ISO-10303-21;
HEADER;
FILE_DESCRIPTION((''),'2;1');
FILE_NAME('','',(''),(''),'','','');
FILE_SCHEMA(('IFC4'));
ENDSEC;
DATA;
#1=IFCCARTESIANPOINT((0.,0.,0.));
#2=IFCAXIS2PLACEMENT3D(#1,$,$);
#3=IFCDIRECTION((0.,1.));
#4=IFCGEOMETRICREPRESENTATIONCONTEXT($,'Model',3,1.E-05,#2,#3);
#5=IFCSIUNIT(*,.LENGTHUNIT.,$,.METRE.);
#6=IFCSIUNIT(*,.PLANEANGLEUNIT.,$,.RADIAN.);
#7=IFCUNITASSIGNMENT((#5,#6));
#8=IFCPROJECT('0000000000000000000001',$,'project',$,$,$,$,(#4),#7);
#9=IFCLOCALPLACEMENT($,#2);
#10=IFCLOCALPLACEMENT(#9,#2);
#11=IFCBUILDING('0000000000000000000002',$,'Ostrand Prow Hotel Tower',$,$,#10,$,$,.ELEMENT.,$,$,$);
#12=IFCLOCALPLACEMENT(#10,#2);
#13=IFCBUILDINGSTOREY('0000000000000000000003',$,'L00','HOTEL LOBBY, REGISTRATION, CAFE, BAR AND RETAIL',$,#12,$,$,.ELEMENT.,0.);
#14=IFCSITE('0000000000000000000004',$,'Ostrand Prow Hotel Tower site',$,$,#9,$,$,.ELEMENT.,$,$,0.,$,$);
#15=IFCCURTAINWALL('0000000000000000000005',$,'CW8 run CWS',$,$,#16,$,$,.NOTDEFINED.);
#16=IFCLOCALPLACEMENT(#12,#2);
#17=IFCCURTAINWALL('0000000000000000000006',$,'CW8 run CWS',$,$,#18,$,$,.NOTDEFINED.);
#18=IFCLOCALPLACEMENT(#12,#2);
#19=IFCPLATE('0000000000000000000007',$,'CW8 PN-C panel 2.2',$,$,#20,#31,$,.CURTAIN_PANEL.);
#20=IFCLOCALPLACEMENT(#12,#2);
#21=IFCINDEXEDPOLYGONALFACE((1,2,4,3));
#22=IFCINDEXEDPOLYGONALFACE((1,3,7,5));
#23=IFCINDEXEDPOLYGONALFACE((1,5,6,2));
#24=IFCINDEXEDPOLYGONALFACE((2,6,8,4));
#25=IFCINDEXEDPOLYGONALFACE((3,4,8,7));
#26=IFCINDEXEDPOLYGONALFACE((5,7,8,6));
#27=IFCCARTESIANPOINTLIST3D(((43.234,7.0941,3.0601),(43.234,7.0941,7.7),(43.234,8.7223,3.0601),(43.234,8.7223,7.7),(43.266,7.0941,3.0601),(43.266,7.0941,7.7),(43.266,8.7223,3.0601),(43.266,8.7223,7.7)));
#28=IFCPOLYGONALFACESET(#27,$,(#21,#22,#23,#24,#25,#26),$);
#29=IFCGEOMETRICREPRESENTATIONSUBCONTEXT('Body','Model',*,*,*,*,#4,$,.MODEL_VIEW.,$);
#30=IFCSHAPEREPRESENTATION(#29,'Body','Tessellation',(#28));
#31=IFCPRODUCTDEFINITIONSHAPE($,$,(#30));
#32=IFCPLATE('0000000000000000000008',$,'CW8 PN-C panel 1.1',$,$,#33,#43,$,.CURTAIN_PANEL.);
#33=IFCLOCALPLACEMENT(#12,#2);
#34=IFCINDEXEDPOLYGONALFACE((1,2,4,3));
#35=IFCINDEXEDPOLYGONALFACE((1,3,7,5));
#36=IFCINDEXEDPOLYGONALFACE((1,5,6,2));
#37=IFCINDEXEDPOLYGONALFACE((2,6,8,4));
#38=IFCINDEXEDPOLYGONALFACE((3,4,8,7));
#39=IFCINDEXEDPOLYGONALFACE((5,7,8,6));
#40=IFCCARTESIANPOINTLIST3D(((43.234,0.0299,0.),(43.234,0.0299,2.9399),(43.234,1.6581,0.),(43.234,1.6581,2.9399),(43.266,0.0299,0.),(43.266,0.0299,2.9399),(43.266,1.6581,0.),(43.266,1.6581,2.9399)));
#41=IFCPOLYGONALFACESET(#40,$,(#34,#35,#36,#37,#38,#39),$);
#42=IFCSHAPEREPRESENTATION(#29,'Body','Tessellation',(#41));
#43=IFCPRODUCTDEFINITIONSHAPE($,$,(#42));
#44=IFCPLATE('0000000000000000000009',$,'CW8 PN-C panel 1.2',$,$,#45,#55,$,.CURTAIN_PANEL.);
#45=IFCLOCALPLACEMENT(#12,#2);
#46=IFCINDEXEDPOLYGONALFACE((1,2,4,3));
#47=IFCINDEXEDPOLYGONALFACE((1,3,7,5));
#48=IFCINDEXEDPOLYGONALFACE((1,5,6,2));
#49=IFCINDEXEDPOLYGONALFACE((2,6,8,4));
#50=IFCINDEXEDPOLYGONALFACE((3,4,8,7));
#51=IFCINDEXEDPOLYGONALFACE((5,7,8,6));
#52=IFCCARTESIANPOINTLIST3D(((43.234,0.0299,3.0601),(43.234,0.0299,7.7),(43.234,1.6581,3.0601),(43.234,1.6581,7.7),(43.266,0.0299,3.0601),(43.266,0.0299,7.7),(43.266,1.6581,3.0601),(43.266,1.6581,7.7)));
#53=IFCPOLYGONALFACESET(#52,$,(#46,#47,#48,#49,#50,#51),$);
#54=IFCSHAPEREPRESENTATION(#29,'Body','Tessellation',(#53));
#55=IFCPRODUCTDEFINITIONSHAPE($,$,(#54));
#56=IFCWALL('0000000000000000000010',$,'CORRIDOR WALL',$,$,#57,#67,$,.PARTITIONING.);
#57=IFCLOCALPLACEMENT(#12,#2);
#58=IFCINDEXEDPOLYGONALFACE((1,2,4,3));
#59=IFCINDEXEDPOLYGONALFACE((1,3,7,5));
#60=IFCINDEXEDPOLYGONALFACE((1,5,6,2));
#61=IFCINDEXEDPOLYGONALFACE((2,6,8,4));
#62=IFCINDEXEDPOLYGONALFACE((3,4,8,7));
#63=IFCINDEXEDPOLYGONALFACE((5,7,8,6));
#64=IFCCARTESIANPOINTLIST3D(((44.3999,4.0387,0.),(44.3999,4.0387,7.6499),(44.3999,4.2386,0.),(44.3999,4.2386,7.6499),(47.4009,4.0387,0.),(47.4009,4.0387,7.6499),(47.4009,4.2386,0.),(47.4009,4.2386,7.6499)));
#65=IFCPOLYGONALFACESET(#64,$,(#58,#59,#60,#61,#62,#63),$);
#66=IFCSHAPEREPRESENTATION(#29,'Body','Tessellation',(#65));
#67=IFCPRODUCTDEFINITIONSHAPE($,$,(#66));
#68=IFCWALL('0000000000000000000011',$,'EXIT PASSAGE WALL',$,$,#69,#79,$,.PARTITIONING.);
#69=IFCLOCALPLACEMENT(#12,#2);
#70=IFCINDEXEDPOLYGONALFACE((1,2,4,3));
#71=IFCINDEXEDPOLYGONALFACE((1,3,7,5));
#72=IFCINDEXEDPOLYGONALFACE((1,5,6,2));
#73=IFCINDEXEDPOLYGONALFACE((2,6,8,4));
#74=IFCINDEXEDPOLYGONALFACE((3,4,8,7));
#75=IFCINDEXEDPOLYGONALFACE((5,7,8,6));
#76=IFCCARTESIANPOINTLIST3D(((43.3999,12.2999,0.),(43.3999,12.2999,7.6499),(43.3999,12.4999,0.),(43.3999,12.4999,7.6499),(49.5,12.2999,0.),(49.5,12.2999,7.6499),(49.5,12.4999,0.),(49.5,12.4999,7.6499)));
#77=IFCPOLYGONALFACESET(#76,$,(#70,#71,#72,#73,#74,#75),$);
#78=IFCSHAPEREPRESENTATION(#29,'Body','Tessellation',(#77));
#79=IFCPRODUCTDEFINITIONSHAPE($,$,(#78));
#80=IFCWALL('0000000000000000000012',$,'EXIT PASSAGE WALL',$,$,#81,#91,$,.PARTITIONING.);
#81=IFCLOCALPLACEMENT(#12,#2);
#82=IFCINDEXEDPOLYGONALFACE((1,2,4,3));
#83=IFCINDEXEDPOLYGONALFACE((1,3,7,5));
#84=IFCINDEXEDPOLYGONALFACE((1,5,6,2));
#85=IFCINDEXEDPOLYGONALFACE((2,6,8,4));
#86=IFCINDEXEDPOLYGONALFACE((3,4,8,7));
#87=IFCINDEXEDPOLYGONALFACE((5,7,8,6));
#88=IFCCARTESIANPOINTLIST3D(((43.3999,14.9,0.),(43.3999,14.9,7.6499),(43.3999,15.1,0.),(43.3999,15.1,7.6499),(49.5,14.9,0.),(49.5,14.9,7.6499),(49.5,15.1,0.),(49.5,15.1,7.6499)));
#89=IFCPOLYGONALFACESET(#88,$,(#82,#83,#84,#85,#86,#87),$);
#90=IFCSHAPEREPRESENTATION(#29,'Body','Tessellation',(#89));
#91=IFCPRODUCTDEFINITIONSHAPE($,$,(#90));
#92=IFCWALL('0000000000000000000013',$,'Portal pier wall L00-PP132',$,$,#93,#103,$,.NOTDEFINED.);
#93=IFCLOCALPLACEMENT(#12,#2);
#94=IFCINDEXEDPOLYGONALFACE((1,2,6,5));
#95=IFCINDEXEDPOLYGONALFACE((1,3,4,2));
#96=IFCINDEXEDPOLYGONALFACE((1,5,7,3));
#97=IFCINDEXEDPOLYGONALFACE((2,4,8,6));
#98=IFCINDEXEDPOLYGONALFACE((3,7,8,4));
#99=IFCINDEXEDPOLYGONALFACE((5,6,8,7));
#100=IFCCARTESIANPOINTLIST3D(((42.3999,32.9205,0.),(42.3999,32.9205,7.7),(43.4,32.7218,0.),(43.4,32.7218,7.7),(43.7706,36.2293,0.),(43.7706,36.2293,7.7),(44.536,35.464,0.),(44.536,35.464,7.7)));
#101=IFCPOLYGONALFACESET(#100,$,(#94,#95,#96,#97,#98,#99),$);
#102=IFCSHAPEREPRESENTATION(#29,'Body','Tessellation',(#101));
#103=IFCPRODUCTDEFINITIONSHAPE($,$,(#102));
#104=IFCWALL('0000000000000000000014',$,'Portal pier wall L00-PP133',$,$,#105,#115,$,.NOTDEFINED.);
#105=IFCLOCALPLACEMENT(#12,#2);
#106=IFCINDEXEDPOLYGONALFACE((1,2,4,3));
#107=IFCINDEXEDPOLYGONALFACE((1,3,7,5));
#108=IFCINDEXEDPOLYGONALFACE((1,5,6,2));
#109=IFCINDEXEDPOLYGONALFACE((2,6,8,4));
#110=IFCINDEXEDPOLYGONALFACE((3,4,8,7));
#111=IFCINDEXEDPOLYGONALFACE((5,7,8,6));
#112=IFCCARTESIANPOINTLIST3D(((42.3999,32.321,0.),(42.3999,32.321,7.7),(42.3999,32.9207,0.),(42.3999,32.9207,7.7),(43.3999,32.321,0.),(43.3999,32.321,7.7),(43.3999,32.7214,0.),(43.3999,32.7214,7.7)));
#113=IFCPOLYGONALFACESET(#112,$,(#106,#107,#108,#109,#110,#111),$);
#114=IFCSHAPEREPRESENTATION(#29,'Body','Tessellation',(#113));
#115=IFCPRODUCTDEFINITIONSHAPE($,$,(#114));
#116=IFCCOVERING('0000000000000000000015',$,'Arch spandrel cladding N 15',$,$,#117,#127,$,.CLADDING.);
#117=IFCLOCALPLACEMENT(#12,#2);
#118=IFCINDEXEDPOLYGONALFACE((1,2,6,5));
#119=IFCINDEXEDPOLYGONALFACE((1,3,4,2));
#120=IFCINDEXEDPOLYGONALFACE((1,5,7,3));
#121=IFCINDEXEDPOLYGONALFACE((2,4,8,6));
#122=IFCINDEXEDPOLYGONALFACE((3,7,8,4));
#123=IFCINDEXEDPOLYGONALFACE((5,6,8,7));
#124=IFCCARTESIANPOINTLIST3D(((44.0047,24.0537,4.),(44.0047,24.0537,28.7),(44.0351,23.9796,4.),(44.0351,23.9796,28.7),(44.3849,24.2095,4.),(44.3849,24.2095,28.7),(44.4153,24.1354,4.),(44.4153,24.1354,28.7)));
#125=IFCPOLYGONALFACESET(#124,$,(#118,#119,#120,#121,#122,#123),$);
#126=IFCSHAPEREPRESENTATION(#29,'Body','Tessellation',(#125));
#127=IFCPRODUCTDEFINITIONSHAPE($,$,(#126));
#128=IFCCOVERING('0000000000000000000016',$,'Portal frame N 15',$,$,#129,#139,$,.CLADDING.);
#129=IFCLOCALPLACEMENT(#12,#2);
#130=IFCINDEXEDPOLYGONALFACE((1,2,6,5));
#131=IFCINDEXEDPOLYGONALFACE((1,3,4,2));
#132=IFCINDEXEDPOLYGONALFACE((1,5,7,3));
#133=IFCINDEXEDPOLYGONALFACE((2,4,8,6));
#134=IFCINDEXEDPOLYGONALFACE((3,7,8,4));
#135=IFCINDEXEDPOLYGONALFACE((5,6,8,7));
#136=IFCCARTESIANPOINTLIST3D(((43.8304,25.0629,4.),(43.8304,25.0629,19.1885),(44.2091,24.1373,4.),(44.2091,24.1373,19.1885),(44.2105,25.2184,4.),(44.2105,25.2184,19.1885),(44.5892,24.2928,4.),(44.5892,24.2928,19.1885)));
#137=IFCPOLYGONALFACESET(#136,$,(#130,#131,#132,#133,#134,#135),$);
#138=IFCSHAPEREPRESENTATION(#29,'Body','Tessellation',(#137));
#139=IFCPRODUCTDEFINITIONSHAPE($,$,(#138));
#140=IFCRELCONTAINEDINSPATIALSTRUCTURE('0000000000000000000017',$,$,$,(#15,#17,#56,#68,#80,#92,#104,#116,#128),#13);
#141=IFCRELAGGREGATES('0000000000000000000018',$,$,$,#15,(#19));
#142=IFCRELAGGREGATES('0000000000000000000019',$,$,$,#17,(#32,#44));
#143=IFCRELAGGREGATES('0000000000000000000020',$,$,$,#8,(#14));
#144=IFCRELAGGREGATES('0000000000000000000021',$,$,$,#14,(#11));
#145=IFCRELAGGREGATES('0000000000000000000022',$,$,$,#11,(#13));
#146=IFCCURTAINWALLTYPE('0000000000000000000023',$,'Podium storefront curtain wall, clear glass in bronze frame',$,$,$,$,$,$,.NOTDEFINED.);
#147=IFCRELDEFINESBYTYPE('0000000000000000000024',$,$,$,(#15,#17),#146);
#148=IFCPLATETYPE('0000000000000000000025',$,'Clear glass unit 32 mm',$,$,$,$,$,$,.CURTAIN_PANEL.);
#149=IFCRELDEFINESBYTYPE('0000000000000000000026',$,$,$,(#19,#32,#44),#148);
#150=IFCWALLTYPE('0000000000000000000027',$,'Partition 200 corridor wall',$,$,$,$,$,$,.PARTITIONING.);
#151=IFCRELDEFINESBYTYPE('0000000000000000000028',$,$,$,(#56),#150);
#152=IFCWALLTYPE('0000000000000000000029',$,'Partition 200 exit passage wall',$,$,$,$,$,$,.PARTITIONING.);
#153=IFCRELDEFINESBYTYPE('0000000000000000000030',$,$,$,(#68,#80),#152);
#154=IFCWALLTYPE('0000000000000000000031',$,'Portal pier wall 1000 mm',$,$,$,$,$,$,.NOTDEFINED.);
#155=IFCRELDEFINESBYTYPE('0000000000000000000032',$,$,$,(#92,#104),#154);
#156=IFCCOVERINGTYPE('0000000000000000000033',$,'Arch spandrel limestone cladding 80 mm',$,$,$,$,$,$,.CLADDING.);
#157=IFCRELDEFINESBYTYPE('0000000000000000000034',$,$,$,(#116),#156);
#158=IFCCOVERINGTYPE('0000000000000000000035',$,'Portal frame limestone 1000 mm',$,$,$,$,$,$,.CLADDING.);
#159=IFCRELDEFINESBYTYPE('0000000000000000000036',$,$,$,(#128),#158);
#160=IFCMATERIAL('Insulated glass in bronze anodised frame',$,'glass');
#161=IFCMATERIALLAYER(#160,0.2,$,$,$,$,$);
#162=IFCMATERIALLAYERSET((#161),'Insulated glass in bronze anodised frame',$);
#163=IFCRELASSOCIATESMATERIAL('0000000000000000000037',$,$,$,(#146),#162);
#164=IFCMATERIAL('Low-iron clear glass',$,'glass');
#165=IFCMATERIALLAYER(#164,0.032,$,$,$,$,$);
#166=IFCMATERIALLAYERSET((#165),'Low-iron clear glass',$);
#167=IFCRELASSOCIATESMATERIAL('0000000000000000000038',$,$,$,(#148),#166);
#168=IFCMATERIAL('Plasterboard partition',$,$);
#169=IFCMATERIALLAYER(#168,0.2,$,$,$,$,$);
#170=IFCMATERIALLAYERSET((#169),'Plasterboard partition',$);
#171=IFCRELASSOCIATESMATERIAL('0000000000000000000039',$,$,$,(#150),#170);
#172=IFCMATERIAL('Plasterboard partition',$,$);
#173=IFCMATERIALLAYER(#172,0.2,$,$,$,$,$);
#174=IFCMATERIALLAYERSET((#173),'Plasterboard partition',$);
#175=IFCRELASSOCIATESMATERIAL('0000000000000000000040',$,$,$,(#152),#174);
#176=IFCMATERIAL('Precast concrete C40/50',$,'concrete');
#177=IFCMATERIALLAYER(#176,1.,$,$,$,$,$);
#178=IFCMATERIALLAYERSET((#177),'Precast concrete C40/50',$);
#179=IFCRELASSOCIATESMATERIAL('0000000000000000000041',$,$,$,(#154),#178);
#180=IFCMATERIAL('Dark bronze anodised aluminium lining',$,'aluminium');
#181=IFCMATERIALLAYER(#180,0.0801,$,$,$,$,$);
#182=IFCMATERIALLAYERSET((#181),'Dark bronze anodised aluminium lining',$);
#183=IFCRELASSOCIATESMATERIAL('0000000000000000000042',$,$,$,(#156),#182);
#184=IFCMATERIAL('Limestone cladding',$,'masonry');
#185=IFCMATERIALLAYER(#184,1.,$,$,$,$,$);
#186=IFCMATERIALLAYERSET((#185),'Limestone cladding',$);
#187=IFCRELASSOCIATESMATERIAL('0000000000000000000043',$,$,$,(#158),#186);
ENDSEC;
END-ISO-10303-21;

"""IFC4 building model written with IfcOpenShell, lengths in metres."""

from ifc_helpers import new_model, si_unit, direction, frame, frame_2d, origin, origin_2d, place, context, subcontext, project, spatial, polyline, rectangle, outline, extrude, material, layer, layer_set, type_object, element, aggregate, save


model = new_model("IFC4")

# Units and contexts
model_context = context("Model", 3, precision=1e-05, world=origin(), true_north=direction((0.0, 1.0)))
body_context = subcontext(model_context, "Body", "Model", "MODEL_VIEW")
ifc_project = project(units=[si_unit("LENGTHUNIT", "METRE"), si_unit("PLANEANGLEUNIT", "RADIAN")], contexts=[model_context])

# Site, building, storey
site_placement = place(None, origin())
site = spatial("IfcSite", under=ifc_project, at=site_placement, Name="Ostrand Prow Hotel Tower site", CompositionType="ELEMENT", RefElevation=0.0)
building_placement = place(site_placement, origin())
building = spatial("IfcBuilding", under=site, at=building_placement, Name="Ostrand Prow Hotel Tower", CompositionType="ELEMENT")
storey_placement = place(building_placement, origin())
storey = spatial("IfcBuildingStorey", under=building, at=storey_placement, Name="L00", Description="HOTEL LOBBY, REGISTRATION, CAFE, BAR AND RETAIL", CompositionType="ELEMENT", Elevation=0.0)

# Curtain walls
ifc_material_1 = material(Name="Insulated glass in bronze anodised frame", Category="glass")
ifc_layer_1 = layer(ifc_material_1, 0.2)
ifc_layer_set_1 = layer_set([ifc_layer_1], Name="Insulated glass in bronze anodised frame")
curtain_wall_type = type_object("IfcCurtainWallType", Name="Podium storefront curtain wall, clear glass in bronze frame", PredefinedType="NOTDEFINED", material=ifc_layer_set_1)
curtain_wall_1_placement = place(storey_placement, origin())
curtain_wall_1 = element("IfcCurtainWall", 1, at=curtain_wall_1_placement, inside=storey, type_object=curtain_wall_type, Name="CW8 run CWS", PredefinedType="NOTDEFINED")
curtain_wall_2_placement = place(storey_placement, origin())
curtain_wall_2 = element("IfcCurtainWall", 2, at=curtain_wall_2_placement, inside=storey, type_object=curtain_wall_type, Name="CW8 run CWS", PredefinedType="NOTDEFINED")

# Plates
ifc_material_2 = material(Name="Low-iron clear glass", Category="glass")
ifc_layer_2 = layer(ifc_material_2, 0.032)
ifc_layer_set_2 = layer_set([ifc_layer_2], Name="Low-iron clear glass")
plate_type = type_object("IfcPlateType", Name="Clear glass unit 32 mm", PredefinedType="CURTAIN_PANEL", material=ifc_layer_set_2)
plate_1_placement = place(storey_placement, frame((43.25, 7.9082, 3.0601), z_axis=(0.0, 0.0, 1.0), x_axis=(0.0, -1.0, 0.0)))
plate_1 = element("IfcPlate", 3, at=plate_1_placement, type_object=plate_type, Name="CW8 PN-C panel 2.2", PredefinedType="CURTAIN_PANEL", context=body_context, shape_type="SweptSolid", body=[
    extrude(rectangle(XDim=1.6282, YDim=0.032, at=origin_2d()), origin(), (0.0, 0.0, 1.0), 4.6399),
])
aggregate(curtain_wall_1, [plate_1])
plate_2_placement = place(storey_placement, frame((43.25, 0.844, 0.0), z_axis=(0.0, 0.0, 1.0), x_axis=(0.0, -1.0, 0.0)))
plate_2 = element("IfcPlate", 4, at=plate_2_placement, type_object=plate_type, Name="CW8 PN-C panel 1.1", PredefinedType="CURTAIN_PANEL", context=body_context, shape_type="SweptSolid", body=[
    extrude(rectangle(XDim=1.6282, YDim=0.032, at=origin_2d()), origin(), (0.0, 0.0, 1.0), 2.9399),
])
plate_3_placement = place(storey_placement, frame((43.25, 0.844, 3.0601), z_axis=(0.0, 0.0, 1.0), x_axis=(0.0, -1.0, 0.0)))
plate_3 = element("IfcPlate", 5, at=plate_3_placement, type_object=plate_type, Name="CW8 PN-C panel 1.2", PredefinedType="CURTAIN_PANEL", context=body_context, shape_type="SweptSolid", body=[
    extrude(rectangle(XDim=1.6282, YDim=0.032, at=origin_2d()), origin(), (0.0, 0.0, 1.0), 4.6399),
])
aggregate(curtain_wall_2, [plate_2, plate_3])

# Walls
ifc_material_3 = material(Name="Plasterboard partition")
ifc_layer_3 = layer(ifc_material_3, 0.2)
ifc_layer_set_3 = layer_set([ifc_layer_3], Name="Plasterboard partition")
wall_type_1 = type_object("IfcWallType", Name="Partition 200 corridor wall", PredefinedType="PARTITIONING", material=ifc_layer_set_3)
wall_1_placement = place(storey_placement, frame((44.3999, 4.1387, 0.0), z_axis=(0.0, 0.0, 1.0), x_axis=(1.0, 0.0, 0.0)))
element("IfcWall", 6, at=wall_1_placement, inside=storey, type_object=wall_type_1, Name="CORRIDOR WALL", PredefinedType="PARTITIONING", context=body_context, shape_type="SweptSolid", body=[
    extrude(rectangle(XDim=3.001, YDim=0.2, at=frame_2d((1.5005, 0.0))), origin(), (0.0, 0.0, 1.0), 7.6499),
])
ifc_material_4 = material(Name="Plasterboard partition")
ifc_layer_4 = layer(ifc_material_4, 0.2)
ifc_layer_set_4 = layer_set([ifc_layer_4], Name="Plasterboard partition")
wall_type_2 = type_object("IfcWallType", Name="Partition 200 exit passage wall", PredefinedType="PARTITIONING", material=ifc_layer_set_4)
for number, where, z_axis, x_axis, name in (
    (7, (43.3999, 12.3999, 0.0), (0.0, 0.0, 1.0), (1.0, 0.0, 0.0), "EXIT PASSAGE WALL"),
    (8, (43.3999, 15.0, 0.0), (0.0, 0.0, 1.0), (1.0, 0.0, 0.0), "EXIT PASSAGE WALL"),
):
    element("IfcWall", number, at=place(storey_placement, frame(where, z_axis=z_axis, x_axis=x_axis)), inside=storey, type_object=wall_type_2, Name=name, PredefinedType="PARTITIONING", context=body_context, shape_type="SweptSolid", body=[
        extrude(rectangle(XDim=6.1001, YDim=0.2, at=frame_2d((3.05, 0.0))), origin(), (0.0, 0.0, 1.0), 7.6499),
    ])
ifc_material_5 = material(Name="Precast concrete C40/50", Category="concrete")
ifc_layer_5 = layer(ifc_material_5, 1.0)
ifc_layer_set_5 = layer_set([ifc_layer_5], Name="Precast concrete C40/50")
wall_type_3 = type_object("IfcWallType", Name="Portal pier wall 1000 mm", PredefinedType="NOTDEFINED", material=ifc_layer_set_5)
wall_2_placement = place(storey_placement, frame((44.1533, 35.8467, 0.0), z_axis=(0.0, 0.0, 1.0), x_axis=(-0.382725, -0.923862, 0.0)))
element("IfcWall", 9, at=wall_2_placement, inside=storey, type_object=wall_type_3, Name="Portal pier wall L00-PP132", PredefinedType="NOTDEFINED", context=body_context, shape_type="SweptSolid", body=[
    extrude(outline(polyline([(-0.207, -0.5), (3.3745, -0.5), (3.1753, 0.5), (0.207, 0.5), (-0.207, -0.5)])), origin(), (0.0, 0.0, 1.0), 7.7),
])
wall_3_placement = place(storey_placement, frame((42.8999, 32.821, 0.0), z_axis=(0.0, 0.0, 1.0), x_axis=(0.0, -1.0, 0.0)))
element("IfcWall", 10, at=wall_3_placement, inside=storey, type_object=wall_type_3, Name="Portal pier wall L00-PP133", PredefinedType="NOTDEFINED", context=body_context, shape_type="SweptSolid", body=[
    extrude(outline(polyline([(-0.0996, -0.5), (0.5, -0.5), (0.5, 0.5), (0.0996, 0.5), (-0.0996, -0.5)])), origin(), (0.0, 0.0, 1.0), 7.7),
])

# Coverings
ifc_material_6 = material(Name="Dark bronze anodised aluminium lining", Category="aluminium")
ifc_layer_6 = layer(ifc_material_6, 0.0801)
ifc_layer_set_6 = layer_set([ifc_layer_6], Name="Dark bronze anodised aluminium lining")
covering_type_1 = type_object("IfcCoveringType", Name="Arch spandrel limestone cladding 80 mm", PredefinedType="CLADDING", material=ifc_layer_set_6)
covering_1_placement = place(storey_placement, frame((44.0198, 24.0166, 4.0), z_axis=(0.0, 0.0, 1.0), x_axis=(0.925329, 0.379165, 0.0)))
element("IfcCovering", 11, at=covering_1_placement, inside=storey, type_object=covering_type_1, Name="Arch spandrel cladding N 15", PredefinedType="CLADDING", context=body_context, shape_type="SweptSolid", body=[
    extrude(rectangle(XDim=0.4109, YDim=0.0801, at=frame_2d((0.2056, 0.0))), origin(), (0.0, 0.0, 1.0), 24.7),
])
ifc_material_7 = material(Name="Limestone cladding", Category="masonry")
ifc_layer_7 = layer(ifc_material_7, 1.0)
ifc_layer_set_7 = layer_set([ifc_layer_7], Name="Limestone cladding")
covering_type_2 = type_object("IfcCoveringType", Name="Portal frame limestone 1000 mm", PredefinedType="CLADDING", material=ifc_layer_set_7)
covering_2_placement = place(storey_placement, frame((44.0198, 24.6001, 4.0), z_axis=(0.0, 0.0, 1.0), x_axis=(0.925537, 0.378656, 0.0)))
element("IfcCovering", 12, at=covering_2_placement, inside=storey, type_object=covering_type_2, Name="Portal frame N 15", PredefinedType="CLADDING", context=body_context, shape_type="SweptSolid", body=[
    extrude(rectangle(XDim=0.4106, YDim=1.0, at=frame_2d((0.2053, 0.0))), origin(), (0.0, 0.0, 1.0), 15.1885),
])

save(model, "model.ifc")
